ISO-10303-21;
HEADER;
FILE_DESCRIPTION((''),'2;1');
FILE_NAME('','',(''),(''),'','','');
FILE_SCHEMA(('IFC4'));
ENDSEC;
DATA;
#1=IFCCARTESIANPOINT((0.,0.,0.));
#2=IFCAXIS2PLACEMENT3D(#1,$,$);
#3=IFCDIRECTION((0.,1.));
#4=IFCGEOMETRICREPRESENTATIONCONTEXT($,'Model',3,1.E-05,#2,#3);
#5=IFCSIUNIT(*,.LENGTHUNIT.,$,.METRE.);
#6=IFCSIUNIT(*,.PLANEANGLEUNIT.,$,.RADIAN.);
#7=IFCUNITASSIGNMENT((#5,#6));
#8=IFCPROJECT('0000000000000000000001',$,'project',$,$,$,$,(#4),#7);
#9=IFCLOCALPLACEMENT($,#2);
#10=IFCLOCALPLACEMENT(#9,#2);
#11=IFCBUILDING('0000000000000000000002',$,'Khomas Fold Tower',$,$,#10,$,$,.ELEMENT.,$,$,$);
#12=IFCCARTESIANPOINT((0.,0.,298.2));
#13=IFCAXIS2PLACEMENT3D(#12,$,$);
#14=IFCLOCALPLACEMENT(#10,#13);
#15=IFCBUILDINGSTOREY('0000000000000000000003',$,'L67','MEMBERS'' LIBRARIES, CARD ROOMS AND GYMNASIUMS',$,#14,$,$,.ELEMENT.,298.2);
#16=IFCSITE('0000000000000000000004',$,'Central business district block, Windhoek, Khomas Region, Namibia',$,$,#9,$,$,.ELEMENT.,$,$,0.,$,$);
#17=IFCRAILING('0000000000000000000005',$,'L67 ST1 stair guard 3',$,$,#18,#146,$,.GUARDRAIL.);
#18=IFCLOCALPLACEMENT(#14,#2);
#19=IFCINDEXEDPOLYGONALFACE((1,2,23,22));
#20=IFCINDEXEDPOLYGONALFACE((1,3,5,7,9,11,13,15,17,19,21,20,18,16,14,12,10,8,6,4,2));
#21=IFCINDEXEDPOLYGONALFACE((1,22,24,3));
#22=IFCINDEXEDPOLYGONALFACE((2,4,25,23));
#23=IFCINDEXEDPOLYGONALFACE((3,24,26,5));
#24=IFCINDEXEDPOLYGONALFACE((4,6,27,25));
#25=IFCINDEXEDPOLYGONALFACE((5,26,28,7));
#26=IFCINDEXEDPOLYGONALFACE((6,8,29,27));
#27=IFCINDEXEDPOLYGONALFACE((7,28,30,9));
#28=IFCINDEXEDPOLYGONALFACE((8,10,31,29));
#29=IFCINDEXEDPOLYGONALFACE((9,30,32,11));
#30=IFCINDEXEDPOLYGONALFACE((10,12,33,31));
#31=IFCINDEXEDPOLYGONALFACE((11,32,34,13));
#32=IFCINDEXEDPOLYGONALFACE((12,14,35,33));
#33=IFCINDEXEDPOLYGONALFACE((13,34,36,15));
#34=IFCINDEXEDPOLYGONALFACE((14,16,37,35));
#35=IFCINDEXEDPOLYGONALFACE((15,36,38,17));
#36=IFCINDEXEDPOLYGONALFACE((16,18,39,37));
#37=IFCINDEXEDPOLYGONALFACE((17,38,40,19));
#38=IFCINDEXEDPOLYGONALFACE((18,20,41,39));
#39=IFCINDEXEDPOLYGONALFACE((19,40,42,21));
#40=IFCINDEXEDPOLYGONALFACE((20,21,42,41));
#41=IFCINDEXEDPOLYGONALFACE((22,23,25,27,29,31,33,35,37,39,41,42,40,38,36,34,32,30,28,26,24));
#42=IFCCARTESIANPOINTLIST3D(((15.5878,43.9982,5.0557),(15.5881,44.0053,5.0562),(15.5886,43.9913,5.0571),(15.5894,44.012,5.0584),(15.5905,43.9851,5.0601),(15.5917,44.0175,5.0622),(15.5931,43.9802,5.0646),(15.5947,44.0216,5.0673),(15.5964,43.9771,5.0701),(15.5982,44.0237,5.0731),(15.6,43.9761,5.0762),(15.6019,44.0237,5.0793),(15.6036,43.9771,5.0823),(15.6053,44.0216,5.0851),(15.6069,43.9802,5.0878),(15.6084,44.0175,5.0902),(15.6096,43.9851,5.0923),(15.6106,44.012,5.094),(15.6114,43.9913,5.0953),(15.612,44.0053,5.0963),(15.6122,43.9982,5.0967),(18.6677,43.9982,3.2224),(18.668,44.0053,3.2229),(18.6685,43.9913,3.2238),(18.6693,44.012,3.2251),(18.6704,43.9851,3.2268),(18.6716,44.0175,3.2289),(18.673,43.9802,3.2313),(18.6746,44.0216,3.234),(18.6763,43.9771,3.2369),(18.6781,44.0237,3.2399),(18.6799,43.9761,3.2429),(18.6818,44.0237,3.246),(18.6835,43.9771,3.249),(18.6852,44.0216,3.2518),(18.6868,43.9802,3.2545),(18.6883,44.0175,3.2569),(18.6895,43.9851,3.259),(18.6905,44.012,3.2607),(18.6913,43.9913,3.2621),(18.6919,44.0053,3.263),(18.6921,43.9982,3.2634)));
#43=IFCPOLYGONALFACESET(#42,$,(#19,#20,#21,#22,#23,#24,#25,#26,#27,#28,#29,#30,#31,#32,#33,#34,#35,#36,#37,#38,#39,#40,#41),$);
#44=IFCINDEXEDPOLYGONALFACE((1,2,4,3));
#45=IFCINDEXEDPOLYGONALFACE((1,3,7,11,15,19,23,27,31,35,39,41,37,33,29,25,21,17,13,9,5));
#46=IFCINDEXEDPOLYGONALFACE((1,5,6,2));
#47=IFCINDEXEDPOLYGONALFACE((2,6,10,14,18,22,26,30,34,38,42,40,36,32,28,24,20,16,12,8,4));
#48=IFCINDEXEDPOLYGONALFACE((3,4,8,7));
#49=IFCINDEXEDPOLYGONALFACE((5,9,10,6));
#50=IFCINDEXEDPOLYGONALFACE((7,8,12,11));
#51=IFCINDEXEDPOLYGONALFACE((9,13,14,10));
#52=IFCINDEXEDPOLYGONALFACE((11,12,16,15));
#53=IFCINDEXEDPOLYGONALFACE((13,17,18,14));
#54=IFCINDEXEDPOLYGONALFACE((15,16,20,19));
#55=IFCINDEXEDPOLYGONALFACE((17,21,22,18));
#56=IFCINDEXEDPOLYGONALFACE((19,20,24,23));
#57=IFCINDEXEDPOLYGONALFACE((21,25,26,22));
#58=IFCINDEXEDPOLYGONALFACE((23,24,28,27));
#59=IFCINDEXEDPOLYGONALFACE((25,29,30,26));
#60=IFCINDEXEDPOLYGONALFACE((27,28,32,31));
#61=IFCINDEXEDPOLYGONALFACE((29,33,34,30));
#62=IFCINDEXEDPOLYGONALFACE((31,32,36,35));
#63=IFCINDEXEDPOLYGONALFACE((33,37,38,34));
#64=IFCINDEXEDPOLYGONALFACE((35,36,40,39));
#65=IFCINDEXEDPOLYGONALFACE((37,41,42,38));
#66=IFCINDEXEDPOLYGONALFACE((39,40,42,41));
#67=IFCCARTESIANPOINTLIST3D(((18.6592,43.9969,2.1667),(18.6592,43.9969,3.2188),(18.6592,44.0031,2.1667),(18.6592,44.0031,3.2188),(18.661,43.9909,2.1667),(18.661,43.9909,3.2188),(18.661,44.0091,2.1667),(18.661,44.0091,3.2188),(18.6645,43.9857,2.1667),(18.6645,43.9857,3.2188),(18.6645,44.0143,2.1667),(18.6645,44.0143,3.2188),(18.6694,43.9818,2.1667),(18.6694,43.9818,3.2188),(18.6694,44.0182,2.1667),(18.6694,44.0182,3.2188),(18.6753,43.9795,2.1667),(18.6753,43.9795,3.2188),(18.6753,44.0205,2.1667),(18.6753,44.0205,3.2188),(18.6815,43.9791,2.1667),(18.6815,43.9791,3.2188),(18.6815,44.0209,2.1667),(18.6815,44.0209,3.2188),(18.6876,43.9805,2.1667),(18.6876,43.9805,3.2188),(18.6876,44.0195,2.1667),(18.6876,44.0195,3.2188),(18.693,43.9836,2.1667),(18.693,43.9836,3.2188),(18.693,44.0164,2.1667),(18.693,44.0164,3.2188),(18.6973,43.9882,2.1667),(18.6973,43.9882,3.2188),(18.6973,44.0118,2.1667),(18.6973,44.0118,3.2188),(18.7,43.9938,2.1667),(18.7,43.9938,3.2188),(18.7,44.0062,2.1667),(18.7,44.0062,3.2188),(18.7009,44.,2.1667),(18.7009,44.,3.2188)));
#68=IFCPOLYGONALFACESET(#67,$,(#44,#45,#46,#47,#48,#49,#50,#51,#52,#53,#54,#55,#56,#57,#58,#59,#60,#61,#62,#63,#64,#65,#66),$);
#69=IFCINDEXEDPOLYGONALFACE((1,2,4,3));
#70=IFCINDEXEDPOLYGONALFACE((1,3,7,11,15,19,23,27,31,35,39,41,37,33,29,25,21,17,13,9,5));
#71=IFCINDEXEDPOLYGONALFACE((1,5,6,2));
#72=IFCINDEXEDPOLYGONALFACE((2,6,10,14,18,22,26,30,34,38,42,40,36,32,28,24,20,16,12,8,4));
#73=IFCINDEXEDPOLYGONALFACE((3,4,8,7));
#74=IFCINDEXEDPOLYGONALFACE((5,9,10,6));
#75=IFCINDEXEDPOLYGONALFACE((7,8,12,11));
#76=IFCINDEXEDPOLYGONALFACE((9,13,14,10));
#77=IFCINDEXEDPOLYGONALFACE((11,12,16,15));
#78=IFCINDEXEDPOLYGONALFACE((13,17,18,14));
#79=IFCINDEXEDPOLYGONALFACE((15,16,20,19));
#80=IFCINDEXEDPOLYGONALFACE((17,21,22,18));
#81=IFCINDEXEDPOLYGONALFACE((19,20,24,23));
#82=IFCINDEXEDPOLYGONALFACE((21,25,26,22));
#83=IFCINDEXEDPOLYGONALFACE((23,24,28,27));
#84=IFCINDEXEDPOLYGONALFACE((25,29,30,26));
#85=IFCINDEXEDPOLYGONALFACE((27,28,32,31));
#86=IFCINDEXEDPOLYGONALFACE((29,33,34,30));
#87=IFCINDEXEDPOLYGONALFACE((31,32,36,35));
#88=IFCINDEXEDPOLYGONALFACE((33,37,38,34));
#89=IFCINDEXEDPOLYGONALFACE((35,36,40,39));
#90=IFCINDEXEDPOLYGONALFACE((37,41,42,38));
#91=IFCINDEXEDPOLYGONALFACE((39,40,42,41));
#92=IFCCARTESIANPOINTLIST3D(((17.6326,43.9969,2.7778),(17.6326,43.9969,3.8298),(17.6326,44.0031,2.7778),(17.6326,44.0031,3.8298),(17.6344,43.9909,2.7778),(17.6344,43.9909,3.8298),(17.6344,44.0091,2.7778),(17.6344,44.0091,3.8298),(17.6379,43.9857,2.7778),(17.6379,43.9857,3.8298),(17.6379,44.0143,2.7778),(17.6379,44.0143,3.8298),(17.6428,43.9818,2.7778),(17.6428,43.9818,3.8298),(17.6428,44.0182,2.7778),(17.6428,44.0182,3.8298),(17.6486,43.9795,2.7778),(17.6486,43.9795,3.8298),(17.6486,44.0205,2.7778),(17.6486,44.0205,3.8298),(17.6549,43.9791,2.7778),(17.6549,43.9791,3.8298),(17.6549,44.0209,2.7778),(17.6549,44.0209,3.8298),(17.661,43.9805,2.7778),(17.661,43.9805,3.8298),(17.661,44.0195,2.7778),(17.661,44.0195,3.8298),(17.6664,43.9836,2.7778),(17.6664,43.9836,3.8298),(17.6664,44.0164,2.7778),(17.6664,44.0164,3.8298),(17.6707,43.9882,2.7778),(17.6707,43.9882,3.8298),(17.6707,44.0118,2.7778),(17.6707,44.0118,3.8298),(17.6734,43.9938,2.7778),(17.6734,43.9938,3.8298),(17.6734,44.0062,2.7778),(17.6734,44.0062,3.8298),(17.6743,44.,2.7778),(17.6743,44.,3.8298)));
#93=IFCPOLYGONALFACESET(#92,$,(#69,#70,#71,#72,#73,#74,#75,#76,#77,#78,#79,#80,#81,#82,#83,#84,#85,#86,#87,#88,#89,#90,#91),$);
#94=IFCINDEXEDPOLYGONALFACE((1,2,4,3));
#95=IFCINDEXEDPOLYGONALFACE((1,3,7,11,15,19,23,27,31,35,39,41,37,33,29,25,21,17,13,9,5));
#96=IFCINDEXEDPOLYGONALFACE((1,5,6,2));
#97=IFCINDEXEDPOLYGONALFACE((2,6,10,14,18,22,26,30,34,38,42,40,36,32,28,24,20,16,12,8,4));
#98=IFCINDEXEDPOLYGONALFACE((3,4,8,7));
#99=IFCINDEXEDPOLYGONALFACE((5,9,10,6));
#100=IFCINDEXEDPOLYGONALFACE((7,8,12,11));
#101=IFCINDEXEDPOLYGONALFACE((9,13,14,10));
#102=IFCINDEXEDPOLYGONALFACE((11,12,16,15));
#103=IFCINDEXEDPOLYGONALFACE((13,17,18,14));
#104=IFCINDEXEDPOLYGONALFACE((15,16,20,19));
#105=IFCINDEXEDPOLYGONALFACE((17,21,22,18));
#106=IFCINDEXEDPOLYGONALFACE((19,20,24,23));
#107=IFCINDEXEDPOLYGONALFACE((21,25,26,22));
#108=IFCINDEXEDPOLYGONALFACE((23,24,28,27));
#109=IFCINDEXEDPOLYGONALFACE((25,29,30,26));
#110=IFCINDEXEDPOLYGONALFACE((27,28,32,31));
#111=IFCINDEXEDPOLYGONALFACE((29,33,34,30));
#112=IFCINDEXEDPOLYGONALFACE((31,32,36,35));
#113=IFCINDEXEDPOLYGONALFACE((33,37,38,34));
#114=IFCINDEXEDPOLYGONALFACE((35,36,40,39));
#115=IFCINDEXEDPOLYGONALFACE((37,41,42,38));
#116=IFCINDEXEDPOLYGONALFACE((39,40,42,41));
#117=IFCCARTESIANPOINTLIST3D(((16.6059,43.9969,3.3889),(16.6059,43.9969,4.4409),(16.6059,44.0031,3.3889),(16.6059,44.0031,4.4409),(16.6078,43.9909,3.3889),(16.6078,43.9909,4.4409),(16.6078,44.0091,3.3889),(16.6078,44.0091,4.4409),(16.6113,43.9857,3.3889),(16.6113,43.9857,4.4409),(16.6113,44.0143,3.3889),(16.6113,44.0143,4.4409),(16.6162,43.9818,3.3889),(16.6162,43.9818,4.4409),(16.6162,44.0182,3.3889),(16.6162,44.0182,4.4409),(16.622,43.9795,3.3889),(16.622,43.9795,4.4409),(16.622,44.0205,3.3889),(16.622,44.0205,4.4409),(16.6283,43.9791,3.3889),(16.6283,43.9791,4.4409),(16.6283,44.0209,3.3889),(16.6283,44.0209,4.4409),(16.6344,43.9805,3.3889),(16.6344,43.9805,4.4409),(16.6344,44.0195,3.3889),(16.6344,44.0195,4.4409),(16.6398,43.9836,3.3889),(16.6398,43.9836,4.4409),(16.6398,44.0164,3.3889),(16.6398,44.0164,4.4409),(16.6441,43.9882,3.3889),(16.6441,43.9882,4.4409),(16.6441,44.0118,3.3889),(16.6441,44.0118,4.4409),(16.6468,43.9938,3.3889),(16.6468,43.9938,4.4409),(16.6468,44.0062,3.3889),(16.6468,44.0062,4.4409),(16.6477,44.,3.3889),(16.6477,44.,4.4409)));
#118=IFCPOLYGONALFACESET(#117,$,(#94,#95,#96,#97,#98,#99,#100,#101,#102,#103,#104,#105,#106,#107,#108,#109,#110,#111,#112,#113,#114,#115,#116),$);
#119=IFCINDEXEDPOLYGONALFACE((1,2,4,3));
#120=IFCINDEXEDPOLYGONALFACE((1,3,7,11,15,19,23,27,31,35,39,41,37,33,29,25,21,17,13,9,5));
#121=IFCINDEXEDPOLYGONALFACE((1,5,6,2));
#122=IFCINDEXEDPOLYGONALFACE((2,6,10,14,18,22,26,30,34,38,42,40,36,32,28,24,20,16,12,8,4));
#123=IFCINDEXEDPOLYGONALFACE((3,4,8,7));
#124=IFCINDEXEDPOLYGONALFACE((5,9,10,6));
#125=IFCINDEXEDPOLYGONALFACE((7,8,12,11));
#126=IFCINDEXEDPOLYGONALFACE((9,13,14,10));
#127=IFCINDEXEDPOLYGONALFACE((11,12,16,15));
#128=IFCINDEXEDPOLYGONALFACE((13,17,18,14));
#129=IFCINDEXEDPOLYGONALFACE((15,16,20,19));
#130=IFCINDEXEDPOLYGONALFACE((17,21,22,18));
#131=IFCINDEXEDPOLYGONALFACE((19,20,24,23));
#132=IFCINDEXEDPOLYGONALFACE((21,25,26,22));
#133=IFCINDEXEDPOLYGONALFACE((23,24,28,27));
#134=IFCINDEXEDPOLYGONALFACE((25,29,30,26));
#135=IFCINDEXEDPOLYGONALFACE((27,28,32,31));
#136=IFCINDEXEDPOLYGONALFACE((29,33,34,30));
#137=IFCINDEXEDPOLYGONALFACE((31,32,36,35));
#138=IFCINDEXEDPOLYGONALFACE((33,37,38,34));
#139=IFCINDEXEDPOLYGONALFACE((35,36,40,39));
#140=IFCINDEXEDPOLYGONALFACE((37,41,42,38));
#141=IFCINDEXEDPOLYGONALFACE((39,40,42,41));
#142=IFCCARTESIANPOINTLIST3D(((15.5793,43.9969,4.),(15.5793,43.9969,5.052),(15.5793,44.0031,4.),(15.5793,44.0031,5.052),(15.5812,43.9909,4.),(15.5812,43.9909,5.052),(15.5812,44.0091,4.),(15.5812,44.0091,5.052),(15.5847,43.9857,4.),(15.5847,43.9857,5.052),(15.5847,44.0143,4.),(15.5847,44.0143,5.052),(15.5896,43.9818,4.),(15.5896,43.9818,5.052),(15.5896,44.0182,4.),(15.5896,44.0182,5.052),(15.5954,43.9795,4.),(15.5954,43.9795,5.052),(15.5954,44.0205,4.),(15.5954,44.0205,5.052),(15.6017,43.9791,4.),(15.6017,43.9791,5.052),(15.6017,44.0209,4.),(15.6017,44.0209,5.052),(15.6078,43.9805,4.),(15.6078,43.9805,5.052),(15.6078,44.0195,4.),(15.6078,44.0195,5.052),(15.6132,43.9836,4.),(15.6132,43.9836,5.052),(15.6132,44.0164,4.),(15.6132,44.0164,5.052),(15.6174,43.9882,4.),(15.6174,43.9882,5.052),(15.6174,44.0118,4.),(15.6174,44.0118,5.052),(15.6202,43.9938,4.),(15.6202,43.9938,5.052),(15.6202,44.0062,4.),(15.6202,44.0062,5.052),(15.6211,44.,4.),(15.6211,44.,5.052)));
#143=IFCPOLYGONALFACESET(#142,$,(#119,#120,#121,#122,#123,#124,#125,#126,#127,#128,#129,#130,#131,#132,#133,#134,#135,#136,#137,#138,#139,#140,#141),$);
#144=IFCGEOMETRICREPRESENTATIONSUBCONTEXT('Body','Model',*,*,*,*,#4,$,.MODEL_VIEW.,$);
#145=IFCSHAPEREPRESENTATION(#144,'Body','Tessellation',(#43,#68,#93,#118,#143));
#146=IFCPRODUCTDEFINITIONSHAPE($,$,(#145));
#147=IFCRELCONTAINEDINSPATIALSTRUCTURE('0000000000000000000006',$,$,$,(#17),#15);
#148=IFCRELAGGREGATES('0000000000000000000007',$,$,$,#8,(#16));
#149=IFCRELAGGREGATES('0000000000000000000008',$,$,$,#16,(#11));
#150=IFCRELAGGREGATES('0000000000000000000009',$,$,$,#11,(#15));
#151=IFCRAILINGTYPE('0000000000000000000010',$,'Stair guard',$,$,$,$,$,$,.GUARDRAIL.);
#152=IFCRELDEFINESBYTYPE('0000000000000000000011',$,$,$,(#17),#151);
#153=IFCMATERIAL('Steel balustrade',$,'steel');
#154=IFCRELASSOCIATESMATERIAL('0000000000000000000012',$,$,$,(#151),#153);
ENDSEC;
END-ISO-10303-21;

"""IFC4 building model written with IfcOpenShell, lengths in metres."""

from ifc_helpers import new_model, si_unit, direction, frame, origin, origin_2d, place, context, subcontext, project, spatial, circle, extrude, source, transform, mapped, material, type_object, element, save


model = new_model("IFC4")

# Units and contexts
model_context = context("Model", 3, precision=1e-05, world=origin(), true_north=direction((0.0, 1.0)))
body_context = subcontext(model_context, "Body", "Model", "MODEL_VIEW")
ifc_project = project(units=[si_unit("LENGTHUNIT", "METRE"), si_unit("PLANEANGLEUNIT", "RADIAN")], contexts=[model_context])

# Site, building, storey
site_placement = place(None, origin())
site = spatial("IfcSite", under=ifc_project, at=site_placement, Name="Central business district block, Windhoek, Khomas Region, Namibia", CompositionType="ELEMENT", RefElevation=0.0)
building_placement = place(site_placement, origin())
building = spatial("IfcBuilding", under=site, at=building_placement, Name="Khomas Fold Tower", CompositionType="ELEMENT")
storey_placement = place(building_placement, frame((0.0, 0.0, 298.2)))
storey = spatial("IfcBuildingStorey", under=building, at=storey_placement, Name="L67", Description="MEMBERS' LIBRARIES, CARD ROOMS AND GYMNASIUMS", CompositionType="ELEMENT", Elevation=298.2)

# Railing
ifc_material_1 = material(Name="Steel balustrade", Category="steel")
railing_type_1 = type_object("IfcRailingType", Name="Stair guard", PredefinedType="GUARDRAIL", material=ifc_material_1)
shared_shape_1 = source(origin(), body_context, "Body", "SweptSolid", [
    extrude(circle(Radius=0.0239, at=origin_2d()), frame((0.0, 0.0, 1.0762), z_axis=(-0.859291, 0.0, 0.511487), x_axis=(0.0, -1.0, 0.0)), (0.0, 0.0, 1.0), 3.5842),
    extrude(circle(Radius=0.021, at=origin_2d()), origin(), (0.0, 0.0, 1.0), 1.052),
    extrude(circle(Radius=0.021, at=origin_2d()), frame((-1.0266, 0.0, 0.6111)), (0.0, 0.0, 1.0), 1.052),
    extrude(circle(Radius=0.021, at=origin_2d()), frame((-2.0532, 0.0, 1.2222)), (0.0, 0.0, 1.0), 1.052),
    extrude(circle(Radius=0.021, at=origin_2d()), frame((-3.0798, 0.0, 1.8333)), (0.0, 0.0, 1.0), 1.052),
])
railing_1_placement = place(storey_placement, frame((18.6799, 44.0, 2.1667)))
element("IfcRailing", 1, at=railing_1_placement, inside=storey, type_object=railing_type_1, Name="L67 ST1 stair guard 3", PredefinedType="GUARDRAIL", context=body_context, shape_type="MappedRepresentation", body=[
    mapped(shared_shape_1, transform((0.0, 0.0, 0.0))),
])

save(model, "model.ifc")
